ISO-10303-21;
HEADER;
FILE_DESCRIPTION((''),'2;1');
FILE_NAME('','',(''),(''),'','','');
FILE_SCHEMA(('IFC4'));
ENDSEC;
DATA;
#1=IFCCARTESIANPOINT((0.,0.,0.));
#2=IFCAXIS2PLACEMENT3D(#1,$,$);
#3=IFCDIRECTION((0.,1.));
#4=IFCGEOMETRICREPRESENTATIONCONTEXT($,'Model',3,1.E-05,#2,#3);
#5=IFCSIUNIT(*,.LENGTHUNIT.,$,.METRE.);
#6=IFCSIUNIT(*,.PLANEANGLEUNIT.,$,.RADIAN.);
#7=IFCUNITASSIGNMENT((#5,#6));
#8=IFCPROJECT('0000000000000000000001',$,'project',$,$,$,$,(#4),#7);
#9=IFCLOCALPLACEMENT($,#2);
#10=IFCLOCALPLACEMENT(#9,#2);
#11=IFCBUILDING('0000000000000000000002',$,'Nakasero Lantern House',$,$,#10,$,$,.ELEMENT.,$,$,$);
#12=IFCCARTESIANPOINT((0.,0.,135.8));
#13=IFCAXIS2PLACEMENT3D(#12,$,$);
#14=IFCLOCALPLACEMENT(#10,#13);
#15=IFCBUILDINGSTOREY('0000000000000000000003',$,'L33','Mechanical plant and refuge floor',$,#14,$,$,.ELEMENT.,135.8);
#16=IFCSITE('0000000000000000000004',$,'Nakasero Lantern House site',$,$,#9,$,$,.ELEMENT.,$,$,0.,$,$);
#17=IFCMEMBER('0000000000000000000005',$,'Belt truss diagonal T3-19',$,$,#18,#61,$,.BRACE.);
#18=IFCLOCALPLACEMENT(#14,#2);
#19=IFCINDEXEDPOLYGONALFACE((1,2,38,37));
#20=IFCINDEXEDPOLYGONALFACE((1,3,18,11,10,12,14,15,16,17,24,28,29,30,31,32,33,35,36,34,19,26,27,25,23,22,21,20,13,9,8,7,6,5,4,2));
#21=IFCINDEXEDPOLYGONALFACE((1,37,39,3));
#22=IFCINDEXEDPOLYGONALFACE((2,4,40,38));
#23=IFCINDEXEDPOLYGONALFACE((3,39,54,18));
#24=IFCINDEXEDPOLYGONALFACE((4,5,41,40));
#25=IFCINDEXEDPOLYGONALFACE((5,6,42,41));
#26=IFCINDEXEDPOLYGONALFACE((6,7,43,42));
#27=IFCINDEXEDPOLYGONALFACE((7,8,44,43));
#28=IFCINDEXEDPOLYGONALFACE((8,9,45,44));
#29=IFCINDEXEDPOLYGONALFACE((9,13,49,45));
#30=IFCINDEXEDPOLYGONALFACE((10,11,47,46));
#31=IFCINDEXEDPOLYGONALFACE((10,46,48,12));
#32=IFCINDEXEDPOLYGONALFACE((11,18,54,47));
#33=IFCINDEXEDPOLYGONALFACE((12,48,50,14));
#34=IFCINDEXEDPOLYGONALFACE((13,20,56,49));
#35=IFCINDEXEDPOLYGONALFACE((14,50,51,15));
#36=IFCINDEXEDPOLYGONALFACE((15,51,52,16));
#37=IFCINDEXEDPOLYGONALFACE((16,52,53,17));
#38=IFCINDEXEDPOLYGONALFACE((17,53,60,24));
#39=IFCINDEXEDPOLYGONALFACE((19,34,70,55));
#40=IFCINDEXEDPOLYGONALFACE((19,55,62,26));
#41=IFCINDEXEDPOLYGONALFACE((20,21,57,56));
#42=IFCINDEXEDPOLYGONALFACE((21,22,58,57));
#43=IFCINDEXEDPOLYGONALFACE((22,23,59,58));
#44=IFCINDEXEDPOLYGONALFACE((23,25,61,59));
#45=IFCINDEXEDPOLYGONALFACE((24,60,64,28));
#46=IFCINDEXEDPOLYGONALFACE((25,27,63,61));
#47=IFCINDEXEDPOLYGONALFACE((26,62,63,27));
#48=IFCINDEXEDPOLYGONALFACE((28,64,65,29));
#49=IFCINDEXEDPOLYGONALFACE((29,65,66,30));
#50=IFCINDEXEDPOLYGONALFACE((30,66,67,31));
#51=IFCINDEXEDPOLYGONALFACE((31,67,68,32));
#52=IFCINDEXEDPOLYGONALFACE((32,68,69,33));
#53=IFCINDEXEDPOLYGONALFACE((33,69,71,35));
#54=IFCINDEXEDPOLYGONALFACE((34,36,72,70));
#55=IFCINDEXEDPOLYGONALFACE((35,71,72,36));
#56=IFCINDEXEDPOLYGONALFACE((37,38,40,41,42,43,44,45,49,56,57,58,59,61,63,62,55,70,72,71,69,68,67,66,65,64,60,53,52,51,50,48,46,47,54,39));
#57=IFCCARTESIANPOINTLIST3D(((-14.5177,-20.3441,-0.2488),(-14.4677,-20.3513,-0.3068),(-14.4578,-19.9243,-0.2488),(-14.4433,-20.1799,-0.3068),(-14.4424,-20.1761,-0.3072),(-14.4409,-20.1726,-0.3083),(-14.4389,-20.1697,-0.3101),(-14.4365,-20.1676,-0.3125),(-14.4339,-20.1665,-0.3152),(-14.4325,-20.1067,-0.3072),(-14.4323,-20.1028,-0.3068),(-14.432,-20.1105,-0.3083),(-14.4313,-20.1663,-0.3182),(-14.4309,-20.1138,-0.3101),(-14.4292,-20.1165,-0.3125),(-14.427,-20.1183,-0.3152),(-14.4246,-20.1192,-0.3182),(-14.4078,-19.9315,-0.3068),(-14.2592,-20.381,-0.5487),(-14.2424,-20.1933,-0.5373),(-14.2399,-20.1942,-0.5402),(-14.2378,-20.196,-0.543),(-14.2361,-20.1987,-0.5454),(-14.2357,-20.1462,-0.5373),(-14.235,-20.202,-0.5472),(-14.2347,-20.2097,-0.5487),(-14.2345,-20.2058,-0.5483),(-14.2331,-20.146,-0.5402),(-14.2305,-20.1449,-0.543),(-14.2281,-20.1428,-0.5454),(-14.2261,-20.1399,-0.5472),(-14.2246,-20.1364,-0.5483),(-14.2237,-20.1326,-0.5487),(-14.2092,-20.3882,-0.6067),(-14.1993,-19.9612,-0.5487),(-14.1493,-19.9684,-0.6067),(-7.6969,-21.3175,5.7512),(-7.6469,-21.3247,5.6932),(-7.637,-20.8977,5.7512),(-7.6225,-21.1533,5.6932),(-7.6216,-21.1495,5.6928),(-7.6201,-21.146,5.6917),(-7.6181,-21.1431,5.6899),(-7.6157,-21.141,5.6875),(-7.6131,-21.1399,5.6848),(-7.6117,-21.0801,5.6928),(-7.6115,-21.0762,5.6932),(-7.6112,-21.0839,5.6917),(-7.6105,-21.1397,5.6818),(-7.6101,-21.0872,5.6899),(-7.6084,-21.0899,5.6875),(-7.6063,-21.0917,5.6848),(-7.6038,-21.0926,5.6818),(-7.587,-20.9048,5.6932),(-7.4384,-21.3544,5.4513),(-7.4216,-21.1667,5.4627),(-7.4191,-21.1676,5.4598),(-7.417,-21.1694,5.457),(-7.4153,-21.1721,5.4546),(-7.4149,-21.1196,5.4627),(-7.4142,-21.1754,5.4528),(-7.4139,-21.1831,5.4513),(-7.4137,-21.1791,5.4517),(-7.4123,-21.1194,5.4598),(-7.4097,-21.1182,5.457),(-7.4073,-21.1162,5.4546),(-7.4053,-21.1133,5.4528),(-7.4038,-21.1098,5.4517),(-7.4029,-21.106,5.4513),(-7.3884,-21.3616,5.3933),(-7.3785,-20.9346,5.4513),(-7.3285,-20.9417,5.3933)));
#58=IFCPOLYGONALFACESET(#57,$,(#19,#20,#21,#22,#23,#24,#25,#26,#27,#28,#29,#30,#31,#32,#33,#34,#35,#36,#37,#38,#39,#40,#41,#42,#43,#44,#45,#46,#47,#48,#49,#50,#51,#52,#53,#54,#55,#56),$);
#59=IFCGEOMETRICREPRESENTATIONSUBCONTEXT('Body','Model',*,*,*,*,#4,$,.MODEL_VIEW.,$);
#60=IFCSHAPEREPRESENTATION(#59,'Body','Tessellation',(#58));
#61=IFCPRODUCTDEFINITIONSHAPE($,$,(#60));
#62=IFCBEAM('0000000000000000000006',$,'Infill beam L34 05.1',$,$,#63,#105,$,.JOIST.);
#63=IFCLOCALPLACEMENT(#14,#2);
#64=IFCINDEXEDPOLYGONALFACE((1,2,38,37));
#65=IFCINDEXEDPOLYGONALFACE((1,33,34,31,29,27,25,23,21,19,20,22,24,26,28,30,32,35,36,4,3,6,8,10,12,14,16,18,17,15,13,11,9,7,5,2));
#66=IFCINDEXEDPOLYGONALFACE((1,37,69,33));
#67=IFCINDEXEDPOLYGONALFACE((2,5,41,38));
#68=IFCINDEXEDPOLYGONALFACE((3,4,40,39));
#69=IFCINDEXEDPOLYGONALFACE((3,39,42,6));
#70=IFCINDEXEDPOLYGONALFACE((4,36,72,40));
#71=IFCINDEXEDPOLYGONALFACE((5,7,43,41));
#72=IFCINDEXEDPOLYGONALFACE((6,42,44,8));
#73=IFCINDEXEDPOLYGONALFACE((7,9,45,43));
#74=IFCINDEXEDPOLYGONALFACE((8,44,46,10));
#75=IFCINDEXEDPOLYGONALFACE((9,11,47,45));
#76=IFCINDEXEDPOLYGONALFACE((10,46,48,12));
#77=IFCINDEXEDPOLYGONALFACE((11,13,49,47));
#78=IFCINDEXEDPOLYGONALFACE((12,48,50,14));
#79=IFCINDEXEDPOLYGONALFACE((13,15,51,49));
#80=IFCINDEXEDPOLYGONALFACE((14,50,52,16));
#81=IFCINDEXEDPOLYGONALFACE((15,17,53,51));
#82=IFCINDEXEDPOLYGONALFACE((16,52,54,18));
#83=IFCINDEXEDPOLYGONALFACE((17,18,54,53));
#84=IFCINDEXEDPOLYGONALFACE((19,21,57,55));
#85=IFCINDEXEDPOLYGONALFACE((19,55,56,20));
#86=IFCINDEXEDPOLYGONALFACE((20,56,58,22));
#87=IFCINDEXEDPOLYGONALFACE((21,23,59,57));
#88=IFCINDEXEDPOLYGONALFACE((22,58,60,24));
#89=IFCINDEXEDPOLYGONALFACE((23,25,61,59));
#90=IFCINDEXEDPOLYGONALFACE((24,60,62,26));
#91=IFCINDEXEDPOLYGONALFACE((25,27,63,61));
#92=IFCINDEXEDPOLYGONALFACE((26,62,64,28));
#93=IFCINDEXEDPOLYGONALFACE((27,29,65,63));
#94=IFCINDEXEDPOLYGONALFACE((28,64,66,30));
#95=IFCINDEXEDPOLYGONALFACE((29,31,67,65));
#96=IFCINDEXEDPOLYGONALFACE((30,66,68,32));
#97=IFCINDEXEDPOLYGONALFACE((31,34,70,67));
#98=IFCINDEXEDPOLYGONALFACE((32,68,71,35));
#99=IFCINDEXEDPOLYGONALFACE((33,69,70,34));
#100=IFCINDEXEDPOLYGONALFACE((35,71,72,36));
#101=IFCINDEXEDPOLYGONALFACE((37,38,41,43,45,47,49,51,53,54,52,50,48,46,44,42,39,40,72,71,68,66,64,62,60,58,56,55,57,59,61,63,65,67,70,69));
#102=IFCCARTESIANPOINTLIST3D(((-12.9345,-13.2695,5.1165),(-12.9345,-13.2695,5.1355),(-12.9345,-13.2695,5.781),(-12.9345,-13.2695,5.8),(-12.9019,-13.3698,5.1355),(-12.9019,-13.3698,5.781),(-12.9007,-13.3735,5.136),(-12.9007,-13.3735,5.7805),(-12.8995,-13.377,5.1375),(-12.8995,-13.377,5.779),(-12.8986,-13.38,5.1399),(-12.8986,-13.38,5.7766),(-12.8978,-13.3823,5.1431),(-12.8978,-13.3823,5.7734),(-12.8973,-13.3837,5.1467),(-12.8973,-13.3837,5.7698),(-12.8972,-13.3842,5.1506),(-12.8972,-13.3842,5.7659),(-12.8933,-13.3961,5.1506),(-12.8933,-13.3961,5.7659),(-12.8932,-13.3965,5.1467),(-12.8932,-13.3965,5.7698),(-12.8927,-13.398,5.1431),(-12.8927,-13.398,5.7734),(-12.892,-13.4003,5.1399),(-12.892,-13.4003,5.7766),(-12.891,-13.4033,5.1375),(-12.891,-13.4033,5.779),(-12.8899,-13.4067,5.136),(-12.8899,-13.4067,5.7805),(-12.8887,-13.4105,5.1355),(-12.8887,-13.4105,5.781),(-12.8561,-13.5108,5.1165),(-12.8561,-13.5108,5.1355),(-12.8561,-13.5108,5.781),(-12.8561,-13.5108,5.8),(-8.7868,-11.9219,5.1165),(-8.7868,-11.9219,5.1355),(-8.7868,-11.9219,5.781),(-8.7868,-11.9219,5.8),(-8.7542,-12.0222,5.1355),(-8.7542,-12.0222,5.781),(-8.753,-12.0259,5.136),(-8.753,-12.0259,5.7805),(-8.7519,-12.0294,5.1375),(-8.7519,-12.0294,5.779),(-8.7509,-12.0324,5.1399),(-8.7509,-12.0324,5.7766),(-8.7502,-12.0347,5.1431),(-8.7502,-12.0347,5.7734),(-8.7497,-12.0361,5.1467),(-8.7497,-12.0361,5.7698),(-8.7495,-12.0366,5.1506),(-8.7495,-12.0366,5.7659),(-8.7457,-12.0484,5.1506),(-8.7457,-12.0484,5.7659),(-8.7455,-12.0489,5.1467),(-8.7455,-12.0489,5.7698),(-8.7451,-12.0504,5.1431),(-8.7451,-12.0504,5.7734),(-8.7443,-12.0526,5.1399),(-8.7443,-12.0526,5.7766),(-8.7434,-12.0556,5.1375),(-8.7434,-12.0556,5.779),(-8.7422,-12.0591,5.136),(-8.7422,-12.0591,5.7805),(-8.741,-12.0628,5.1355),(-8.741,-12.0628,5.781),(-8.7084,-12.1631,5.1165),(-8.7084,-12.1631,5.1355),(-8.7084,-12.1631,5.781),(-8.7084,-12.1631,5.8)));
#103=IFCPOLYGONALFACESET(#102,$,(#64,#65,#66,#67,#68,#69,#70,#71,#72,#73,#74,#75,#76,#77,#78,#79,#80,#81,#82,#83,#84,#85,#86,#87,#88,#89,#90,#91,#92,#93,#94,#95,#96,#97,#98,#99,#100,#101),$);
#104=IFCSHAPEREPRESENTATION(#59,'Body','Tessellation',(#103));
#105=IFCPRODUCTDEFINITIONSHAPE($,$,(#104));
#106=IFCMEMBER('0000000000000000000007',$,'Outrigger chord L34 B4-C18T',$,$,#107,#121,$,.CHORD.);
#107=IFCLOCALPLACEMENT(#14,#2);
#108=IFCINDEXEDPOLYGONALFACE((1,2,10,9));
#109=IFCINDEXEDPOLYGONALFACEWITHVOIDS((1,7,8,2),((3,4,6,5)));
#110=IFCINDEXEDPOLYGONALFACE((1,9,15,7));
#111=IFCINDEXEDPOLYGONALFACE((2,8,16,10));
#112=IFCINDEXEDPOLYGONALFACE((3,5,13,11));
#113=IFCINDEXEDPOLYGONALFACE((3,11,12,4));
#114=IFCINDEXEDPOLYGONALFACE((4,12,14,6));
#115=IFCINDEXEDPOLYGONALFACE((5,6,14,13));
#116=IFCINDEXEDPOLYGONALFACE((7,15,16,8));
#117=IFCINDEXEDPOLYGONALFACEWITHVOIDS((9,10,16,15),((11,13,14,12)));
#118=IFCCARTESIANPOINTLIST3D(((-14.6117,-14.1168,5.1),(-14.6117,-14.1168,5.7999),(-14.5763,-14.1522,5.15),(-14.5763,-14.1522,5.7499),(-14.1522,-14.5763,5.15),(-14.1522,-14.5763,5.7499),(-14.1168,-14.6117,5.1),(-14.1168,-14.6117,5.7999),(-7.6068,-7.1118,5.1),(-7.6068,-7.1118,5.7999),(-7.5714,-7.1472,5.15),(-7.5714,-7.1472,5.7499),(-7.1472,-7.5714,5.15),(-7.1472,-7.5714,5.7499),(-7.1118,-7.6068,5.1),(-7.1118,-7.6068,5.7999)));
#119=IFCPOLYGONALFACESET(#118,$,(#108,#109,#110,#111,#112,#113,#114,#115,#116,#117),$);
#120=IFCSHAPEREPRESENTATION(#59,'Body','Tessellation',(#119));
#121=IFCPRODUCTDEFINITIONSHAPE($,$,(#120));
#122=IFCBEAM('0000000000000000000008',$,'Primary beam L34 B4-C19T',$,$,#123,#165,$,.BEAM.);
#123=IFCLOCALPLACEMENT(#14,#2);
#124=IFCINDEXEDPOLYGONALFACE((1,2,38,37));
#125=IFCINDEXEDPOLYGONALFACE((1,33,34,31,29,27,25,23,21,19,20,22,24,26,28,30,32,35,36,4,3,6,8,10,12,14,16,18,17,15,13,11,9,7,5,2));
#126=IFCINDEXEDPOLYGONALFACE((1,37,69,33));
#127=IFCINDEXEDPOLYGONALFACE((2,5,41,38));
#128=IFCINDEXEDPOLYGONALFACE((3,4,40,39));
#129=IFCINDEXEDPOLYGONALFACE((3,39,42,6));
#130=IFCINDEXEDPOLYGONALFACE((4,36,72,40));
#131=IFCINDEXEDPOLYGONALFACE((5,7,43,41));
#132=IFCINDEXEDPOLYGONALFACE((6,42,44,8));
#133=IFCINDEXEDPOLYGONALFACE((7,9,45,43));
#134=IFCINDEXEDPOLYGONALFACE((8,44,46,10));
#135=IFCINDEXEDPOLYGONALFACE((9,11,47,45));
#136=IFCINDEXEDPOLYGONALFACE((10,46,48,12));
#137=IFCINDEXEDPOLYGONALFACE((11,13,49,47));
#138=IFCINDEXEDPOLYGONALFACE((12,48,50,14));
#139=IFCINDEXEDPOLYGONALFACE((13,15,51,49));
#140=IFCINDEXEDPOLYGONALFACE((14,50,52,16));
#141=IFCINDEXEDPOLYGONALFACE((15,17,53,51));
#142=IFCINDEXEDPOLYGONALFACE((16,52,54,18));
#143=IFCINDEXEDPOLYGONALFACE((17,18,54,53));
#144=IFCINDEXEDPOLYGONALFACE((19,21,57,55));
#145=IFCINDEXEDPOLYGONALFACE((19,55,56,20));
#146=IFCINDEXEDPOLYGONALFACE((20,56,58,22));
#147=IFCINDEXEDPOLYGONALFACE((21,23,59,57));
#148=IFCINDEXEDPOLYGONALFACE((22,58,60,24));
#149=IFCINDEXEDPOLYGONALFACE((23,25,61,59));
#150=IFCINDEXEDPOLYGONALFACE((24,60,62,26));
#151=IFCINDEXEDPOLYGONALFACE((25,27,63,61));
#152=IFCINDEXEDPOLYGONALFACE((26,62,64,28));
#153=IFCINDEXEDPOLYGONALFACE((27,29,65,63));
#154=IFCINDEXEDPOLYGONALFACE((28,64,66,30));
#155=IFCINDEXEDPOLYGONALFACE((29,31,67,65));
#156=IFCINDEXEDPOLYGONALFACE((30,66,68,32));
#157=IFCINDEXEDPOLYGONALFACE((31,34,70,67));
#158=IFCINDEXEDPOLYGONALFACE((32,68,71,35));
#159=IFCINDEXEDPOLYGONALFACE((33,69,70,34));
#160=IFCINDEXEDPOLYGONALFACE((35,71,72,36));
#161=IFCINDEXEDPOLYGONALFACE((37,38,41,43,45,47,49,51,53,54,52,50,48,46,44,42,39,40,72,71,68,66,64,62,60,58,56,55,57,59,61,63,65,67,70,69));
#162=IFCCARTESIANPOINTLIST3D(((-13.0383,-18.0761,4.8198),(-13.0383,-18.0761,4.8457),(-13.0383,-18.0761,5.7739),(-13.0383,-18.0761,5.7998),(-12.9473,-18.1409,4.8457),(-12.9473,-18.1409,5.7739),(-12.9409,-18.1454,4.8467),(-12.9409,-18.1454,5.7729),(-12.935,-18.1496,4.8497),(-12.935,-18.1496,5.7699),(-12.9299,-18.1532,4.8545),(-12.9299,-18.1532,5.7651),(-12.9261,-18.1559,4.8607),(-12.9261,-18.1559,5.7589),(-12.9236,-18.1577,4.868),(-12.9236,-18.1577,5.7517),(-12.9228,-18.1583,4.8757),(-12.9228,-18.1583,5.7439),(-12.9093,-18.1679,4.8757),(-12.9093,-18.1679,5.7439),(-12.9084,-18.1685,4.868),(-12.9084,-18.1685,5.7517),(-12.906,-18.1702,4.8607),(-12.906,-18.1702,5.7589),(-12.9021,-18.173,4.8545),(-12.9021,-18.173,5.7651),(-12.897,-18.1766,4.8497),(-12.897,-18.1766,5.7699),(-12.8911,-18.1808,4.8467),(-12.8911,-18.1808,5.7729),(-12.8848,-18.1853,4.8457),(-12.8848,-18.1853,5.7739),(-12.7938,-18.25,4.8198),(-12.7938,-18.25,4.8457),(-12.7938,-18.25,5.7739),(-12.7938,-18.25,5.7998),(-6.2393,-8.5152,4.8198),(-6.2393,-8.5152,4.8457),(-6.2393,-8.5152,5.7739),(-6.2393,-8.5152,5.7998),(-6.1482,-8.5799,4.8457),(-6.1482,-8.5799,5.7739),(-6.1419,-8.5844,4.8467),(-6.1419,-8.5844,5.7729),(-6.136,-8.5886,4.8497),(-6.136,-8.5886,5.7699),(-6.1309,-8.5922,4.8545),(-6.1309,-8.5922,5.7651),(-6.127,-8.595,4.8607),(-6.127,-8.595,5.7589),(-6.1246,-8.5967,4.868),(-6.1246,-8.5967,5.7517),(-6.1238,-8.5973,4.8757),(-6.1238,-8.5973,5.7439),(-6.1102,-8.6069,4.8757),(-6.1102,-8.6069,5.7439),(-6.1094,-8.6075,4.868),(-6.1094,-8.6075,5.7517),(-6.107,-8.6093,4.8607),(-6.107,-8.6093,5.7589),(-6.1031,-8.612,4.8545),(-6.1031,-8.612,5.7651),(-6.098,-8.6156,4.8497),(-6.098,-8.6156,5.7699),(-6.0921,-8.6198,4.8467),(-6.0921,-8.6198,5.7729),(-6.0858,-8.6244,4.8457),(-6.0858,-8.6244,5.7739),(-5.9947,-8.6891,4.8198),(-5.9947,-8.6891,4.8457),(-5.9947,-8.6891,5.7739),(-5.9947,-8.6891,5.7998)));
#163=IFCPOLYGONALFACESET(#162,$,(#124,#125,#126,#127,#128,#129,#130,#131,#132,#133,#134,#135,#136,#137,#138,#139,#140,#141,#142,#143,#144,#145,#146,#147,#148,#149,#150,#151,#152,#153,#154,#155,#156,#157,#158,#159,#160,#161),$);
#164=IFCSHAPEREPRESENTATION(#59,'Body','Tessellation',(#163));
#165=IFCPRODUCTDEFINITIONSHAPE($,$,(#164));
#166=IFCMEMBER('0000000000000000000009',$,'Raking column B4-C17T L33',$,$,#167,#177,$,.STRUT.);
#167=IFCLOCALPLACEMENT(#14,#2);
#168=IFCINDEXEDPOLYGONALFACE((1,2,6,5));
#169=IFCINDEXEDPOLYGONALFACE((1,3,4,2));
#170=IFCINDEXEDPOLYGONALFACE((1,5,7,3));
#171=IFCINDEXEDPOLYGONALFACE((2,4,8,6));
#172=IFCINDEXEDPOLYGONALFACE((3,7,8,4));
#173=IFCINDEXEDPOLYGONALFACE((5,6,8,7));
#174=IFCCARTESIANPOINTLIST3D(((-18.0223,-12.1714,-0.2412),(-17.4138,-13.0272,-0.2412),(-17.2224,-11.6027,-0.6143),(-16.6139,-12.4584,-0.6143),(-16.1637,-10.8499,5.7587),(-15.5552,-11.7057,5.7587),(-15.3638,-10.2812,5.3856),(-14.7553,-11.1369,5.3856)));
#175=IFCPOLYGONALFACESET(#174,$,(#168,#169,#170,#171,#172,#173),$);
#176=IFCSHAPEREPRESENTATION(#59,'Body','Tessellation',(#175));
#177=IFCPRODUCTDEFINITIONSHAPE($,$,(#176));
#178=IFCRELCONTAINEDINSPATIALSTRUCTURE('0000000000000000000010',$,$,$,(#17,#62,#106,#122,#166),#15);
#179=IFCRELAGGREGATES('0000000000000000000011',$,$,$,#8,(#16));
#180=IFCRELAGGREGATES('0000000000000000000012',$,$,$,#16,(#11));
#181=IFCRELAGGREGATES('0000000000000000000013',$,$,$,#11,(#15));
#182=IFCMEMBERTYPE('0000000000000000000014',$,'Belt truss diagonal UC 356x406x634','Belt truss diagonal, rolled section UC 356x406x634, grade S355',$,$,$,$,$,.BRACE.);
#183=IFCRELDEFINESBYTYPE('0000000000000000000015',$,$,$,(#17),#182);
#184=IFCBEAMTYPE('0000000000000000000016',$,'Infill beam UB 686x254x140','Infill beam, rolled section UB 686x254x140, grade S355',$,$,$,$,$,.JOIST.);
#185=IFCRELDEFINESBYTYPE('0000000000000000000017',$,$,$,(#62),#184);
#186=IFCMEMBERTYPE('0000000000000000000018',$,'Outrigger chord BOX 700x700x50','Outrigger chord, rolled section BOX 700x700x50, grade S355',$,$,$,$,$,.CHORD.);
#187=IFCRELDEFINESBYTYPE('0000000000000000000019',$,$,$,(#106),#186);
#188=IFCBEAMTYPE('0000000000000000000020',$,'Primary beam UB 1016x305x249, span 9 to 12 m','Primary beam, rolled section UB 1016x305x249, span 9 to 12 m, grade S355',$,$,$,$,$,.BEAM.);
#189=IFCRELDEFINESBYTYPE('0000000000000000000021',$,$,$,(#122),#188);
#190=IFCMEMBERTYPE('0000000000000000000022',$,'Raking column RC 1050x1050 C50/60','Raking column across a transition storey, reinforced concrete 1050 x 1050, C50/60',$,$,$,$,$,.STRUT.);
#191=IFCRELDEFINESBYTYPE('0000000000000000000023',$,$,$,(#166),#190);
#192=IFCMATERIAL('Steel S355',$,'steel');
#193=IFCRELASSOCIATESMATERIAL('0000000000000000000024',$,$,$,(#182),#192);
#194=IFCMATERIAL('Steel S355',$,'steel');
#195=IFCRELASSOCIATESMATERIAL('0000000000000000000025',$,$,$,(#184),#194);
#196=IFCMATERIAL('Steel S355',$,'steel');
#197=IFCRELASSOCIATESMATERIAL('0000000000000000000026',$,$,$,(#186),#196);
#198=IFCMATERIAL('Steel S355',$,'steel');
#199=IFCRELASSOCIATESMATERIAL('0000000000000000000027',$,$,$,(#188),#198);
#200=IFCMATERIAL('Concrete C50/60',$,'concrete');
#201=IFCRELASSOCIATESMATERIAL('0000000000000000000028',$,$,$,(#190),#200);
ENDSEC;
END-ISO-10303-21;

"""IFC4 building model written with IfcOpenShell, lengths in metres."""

from ifc_helpers import new_model, si_unit, direction, frame, origin, origin_2d, place, context, subcontext, project, spatial, rectangle, hollow_rectangle, i_section, extrude, material, material_profile, profile_set, type_object, element, save


model = new_model("IFC4")

# Units and contexts
model_context = context("Model", 3, precision=1e-05, world=origin(), true_north=direction((0.0, 1.0)))
body_context = subcontext(model_context, "Body", "Model", "MODEL_VIEW")
ifc_project = project(units=[si_unit("LENGTHUNIT", "METRE"), si_unit("PLANEANGLEUNIT", "RADIAN")], contexts=[model_context])

# Site, building, storey
site_placement = place(None, origin())
site = spatial("IfcSite", under=ifc_project, at=site_placement, Name="Nakasero Lantern House site", CompositionType="ELEMENT", RefElevation=0.0)
building_placement = place(site_placement, origin())
building = spatial("IfcBuilding", under=site, at=building_placement, Name="Nakasero Lantern House", CompositionType="ELEMENT")
storey_placement = place(building_placement, frame((0.0, 0.0, 135.8)))
storey = spatial("IfcBuildingStorey", under=building, at=storey_placement, Name="L33", Description="Mechanical plant and refuge floor", CompositionType="ELEMENT", Elevation=135.8)

# Member
ifc_material_1 = material(Name="Steel S355", Category="steel")
ifc_material_profile_1 = material_profile(ifc_material_1, i_section(OverallWidth=0.4241, OverallDepth=0.4746, WebThickness=0.0476, FlangeThickness=0.0769, FilletRadius=0.0151, at=origin_2d()), Name="UC 356x406x634")
ifc_profile_set_1 = profile_set([ifc_material_profile_1], Name="Steel S355")
member_type_1 = type_object("IfcMemberType", Name="Belt truss diagonal UC 356x406x634", Description="Belt truss diagonal, rolled section UC 356x406x634, grade S355", PredefinedType="BRACE", material=ifc_profile_set_1)
member_1_placement = place(storey_placement, frame((-14.3335, -20.1562, -0.4277), z_axis=(0.746566, -0.106542, 0.656726), x_axis=(0.141277, 0.98997, 0.0)))
element("IfcMember", 1, at=member_1_placement, inside=storey, type_object=member_type_1, Name="Belt truss diagonal T3-19", PredefinedType="BRACE", context=body_context, shape_type="SweptSolid", body=[
    extrude(i_section(OverallWidth=0.4241, OverallDepth=0.4746, WebThickness=0.0476, FlangeThickness=0.0769, FilletRadius=0.0151, at=origin_2d()), origin(), (0.0, 0.0, 1.0), 9.1362),
])

# Beam
ifc_material_2 = material(Name="Steel S355", Category="steel")
ifc_material_profile_2 = material_profile(ifc_material_2, i_section(OverallWidth=0.2537, OverallDepth=0.6836, WebThickness=0.0125, FlangeThickness=0.019, FilletRadius=0.0151, at=origin_2d()), Name="UB 686x254x140")
ifc_profile_set_2 = profile_set([ifc_material_profile_2], Name="Steel S355")
beam_type_1 = type_object("IfcBeamType", Name="Infill beam UB 686x254x140", Description="Infill beam, rolled section UB 686x254x140, grade S355", PredefinedType="JOIST", material=ifc_profile_set_2)
beam_1_placement = place(storey_placement, frame((-12.8953, -13.3901, 5.4583), z_axis=(0.951058, 0.309014, 0.0), x_axis=(-0.309014, 0.951058, 0.0)))
element("IfcBeam", 2, at=beam_1_placement, inside=storey, type_object=beam_type_1, Name="Infill beam L34 05.1", PredefinedType="JOIST", context=body_context, shape_type="SweptSolid", body=[
    extrude(i_section(OverallWidth=0.2537, OverallDepth=0.6836, WebThickness=0.0125, FlangeThickness=0.019, FilletRadius=0.0151, at=origin_2d()), origin(), (0.0, 0.0, 1.0), 4.3611),
])

# Member
ifc_material_3 = material(Name="Steel S355", Category="steel")
ifc_material_profile_3 = material_profile(ifc_material_3, hollow_rectangle(XDim=0.7, YDim=0.7, WallThickness=0.05, at=origin_2d()), Name="BOX 700x700x50")
ifc_profile_set_3 = profile_set([ifc_material_profile_3], Name="Steel S355")
member_type_2 = type_object("IfcMemberType", Name="Outrigger chord BOX 700x700x50", Description="Outrigger chord, rolled section BOX 700x700x50, grade S355", PredefinedType="CHORD", material=ifc_profile_set_3)
member_2_placement = place(storey_placement, frame((-14.3643, -14.3643, 5.45), z_axis=(0.707107, 0.707107, 0.0), x_axis=(-0.707107, 0.707107, 0.0)))
element("IfcMember", 3, at=member_2_placement, inside=storey, type_object=member_type_2, Name="Outrigger chord L34 B4-C18T", PredefinedType="CHORD", context=body_context, shape_type="SweptSolid", body=[
    extrude(hollow_rectangle(XDim=0.7, YDim=0.7, WallThickness=0.05, at=origin_2d()), origin(), (0.0, 0.0, 1.0), 9.9065),
])

# Beam
ifc_material_4 = material(Name="Steel S355", Category="steel")
ifc_material_profile_4 = material_profile(ifc_material_4, i_section(OverallWidth=0.3, OverallDepth=0.98, WebThickness=0.0166, FlangeThickness=0.0259, FilletRadius=0.03, at=origin_2d()), Name="UB 1016x305x249")
ifc_profile_set_4 = profile_set([ifc_material_profile_4], Name="Steel S355")
beam_type_2 = type_object("IfcBeamType", Name="Primary beam UB 1016x305x249, span 9 to 12 m", Description="Primary beam, rolled section UB 1016x305x249, span 9 to 12 m, grade S355", PredefinedType="BEAM", material=ifc_profile_set_4)
beam_2_placement = place(storey_placement, frame((-12.916, -18.1631, 5.3098), z_axis=(0.57953, 0.814951, 0.0), x_axis=(-0.814951, 0.57953, 0.0)))
element("IfcBeam", 4, at=beam_2_placement, inside=storey, type_object=beam_type_2, Name="Primary beam L34 B4-C19T", PredefinedType="BEAM", context=body_context, shape_type="SweptSolid", body=[
    extrude(i_section(OverallWidth=0.3, OverallDepth=0.98, WebThickness=0.0166, FlangeThickness=0.0259, FilletRadius=0.03, at=origin_2d()), origin(), (0.0, 0.0, 1.0), 11.7319),
])

# Member
ifc_material_5 = material(Name="Concrete C50/60", Category="concrete")
ifc_material_profile_5 = material_profile(ifc_material_5, rectangle(XDim=1.05, YDim=1.05, at=origin_2d()), Name="RC 1050x1050")
ifc_profile_set_5 = profile_set([ifc_material_profile_5], Name="Concrete C50/60")
member_type_3 = type_object("IfcMemberType", Name="Raking column RC 1050x1050 C50/60", Description="Raking column across a transition storey, reinforced concrete 1050 x 1050, C50/60", PredefinedType="STRUT", material=ifc_profile_set_5)
member_3_placement = place(storey_placement, frame((-17.3181, -12.3149, -0.4277), z_axis=(0.289562, 0.205885, 0.934754), x_axis=(-0.579475, 0.81499, 0.0)))
element("IfcMember", 5, at=member_3_placement, inside=storey, type_object=member_type_3, Name="Raking column B4-C17T L33", PredefinedType="STRUT", context=body_context, shape_type="SweptSolid", body=[
    extrude(rectangle(XDim=1.05, YDim=1.05, at=origin_2d()), origin(), (0.0, 0.0, 1.0), 6.4187),
])

save(model, "model.ifc")
